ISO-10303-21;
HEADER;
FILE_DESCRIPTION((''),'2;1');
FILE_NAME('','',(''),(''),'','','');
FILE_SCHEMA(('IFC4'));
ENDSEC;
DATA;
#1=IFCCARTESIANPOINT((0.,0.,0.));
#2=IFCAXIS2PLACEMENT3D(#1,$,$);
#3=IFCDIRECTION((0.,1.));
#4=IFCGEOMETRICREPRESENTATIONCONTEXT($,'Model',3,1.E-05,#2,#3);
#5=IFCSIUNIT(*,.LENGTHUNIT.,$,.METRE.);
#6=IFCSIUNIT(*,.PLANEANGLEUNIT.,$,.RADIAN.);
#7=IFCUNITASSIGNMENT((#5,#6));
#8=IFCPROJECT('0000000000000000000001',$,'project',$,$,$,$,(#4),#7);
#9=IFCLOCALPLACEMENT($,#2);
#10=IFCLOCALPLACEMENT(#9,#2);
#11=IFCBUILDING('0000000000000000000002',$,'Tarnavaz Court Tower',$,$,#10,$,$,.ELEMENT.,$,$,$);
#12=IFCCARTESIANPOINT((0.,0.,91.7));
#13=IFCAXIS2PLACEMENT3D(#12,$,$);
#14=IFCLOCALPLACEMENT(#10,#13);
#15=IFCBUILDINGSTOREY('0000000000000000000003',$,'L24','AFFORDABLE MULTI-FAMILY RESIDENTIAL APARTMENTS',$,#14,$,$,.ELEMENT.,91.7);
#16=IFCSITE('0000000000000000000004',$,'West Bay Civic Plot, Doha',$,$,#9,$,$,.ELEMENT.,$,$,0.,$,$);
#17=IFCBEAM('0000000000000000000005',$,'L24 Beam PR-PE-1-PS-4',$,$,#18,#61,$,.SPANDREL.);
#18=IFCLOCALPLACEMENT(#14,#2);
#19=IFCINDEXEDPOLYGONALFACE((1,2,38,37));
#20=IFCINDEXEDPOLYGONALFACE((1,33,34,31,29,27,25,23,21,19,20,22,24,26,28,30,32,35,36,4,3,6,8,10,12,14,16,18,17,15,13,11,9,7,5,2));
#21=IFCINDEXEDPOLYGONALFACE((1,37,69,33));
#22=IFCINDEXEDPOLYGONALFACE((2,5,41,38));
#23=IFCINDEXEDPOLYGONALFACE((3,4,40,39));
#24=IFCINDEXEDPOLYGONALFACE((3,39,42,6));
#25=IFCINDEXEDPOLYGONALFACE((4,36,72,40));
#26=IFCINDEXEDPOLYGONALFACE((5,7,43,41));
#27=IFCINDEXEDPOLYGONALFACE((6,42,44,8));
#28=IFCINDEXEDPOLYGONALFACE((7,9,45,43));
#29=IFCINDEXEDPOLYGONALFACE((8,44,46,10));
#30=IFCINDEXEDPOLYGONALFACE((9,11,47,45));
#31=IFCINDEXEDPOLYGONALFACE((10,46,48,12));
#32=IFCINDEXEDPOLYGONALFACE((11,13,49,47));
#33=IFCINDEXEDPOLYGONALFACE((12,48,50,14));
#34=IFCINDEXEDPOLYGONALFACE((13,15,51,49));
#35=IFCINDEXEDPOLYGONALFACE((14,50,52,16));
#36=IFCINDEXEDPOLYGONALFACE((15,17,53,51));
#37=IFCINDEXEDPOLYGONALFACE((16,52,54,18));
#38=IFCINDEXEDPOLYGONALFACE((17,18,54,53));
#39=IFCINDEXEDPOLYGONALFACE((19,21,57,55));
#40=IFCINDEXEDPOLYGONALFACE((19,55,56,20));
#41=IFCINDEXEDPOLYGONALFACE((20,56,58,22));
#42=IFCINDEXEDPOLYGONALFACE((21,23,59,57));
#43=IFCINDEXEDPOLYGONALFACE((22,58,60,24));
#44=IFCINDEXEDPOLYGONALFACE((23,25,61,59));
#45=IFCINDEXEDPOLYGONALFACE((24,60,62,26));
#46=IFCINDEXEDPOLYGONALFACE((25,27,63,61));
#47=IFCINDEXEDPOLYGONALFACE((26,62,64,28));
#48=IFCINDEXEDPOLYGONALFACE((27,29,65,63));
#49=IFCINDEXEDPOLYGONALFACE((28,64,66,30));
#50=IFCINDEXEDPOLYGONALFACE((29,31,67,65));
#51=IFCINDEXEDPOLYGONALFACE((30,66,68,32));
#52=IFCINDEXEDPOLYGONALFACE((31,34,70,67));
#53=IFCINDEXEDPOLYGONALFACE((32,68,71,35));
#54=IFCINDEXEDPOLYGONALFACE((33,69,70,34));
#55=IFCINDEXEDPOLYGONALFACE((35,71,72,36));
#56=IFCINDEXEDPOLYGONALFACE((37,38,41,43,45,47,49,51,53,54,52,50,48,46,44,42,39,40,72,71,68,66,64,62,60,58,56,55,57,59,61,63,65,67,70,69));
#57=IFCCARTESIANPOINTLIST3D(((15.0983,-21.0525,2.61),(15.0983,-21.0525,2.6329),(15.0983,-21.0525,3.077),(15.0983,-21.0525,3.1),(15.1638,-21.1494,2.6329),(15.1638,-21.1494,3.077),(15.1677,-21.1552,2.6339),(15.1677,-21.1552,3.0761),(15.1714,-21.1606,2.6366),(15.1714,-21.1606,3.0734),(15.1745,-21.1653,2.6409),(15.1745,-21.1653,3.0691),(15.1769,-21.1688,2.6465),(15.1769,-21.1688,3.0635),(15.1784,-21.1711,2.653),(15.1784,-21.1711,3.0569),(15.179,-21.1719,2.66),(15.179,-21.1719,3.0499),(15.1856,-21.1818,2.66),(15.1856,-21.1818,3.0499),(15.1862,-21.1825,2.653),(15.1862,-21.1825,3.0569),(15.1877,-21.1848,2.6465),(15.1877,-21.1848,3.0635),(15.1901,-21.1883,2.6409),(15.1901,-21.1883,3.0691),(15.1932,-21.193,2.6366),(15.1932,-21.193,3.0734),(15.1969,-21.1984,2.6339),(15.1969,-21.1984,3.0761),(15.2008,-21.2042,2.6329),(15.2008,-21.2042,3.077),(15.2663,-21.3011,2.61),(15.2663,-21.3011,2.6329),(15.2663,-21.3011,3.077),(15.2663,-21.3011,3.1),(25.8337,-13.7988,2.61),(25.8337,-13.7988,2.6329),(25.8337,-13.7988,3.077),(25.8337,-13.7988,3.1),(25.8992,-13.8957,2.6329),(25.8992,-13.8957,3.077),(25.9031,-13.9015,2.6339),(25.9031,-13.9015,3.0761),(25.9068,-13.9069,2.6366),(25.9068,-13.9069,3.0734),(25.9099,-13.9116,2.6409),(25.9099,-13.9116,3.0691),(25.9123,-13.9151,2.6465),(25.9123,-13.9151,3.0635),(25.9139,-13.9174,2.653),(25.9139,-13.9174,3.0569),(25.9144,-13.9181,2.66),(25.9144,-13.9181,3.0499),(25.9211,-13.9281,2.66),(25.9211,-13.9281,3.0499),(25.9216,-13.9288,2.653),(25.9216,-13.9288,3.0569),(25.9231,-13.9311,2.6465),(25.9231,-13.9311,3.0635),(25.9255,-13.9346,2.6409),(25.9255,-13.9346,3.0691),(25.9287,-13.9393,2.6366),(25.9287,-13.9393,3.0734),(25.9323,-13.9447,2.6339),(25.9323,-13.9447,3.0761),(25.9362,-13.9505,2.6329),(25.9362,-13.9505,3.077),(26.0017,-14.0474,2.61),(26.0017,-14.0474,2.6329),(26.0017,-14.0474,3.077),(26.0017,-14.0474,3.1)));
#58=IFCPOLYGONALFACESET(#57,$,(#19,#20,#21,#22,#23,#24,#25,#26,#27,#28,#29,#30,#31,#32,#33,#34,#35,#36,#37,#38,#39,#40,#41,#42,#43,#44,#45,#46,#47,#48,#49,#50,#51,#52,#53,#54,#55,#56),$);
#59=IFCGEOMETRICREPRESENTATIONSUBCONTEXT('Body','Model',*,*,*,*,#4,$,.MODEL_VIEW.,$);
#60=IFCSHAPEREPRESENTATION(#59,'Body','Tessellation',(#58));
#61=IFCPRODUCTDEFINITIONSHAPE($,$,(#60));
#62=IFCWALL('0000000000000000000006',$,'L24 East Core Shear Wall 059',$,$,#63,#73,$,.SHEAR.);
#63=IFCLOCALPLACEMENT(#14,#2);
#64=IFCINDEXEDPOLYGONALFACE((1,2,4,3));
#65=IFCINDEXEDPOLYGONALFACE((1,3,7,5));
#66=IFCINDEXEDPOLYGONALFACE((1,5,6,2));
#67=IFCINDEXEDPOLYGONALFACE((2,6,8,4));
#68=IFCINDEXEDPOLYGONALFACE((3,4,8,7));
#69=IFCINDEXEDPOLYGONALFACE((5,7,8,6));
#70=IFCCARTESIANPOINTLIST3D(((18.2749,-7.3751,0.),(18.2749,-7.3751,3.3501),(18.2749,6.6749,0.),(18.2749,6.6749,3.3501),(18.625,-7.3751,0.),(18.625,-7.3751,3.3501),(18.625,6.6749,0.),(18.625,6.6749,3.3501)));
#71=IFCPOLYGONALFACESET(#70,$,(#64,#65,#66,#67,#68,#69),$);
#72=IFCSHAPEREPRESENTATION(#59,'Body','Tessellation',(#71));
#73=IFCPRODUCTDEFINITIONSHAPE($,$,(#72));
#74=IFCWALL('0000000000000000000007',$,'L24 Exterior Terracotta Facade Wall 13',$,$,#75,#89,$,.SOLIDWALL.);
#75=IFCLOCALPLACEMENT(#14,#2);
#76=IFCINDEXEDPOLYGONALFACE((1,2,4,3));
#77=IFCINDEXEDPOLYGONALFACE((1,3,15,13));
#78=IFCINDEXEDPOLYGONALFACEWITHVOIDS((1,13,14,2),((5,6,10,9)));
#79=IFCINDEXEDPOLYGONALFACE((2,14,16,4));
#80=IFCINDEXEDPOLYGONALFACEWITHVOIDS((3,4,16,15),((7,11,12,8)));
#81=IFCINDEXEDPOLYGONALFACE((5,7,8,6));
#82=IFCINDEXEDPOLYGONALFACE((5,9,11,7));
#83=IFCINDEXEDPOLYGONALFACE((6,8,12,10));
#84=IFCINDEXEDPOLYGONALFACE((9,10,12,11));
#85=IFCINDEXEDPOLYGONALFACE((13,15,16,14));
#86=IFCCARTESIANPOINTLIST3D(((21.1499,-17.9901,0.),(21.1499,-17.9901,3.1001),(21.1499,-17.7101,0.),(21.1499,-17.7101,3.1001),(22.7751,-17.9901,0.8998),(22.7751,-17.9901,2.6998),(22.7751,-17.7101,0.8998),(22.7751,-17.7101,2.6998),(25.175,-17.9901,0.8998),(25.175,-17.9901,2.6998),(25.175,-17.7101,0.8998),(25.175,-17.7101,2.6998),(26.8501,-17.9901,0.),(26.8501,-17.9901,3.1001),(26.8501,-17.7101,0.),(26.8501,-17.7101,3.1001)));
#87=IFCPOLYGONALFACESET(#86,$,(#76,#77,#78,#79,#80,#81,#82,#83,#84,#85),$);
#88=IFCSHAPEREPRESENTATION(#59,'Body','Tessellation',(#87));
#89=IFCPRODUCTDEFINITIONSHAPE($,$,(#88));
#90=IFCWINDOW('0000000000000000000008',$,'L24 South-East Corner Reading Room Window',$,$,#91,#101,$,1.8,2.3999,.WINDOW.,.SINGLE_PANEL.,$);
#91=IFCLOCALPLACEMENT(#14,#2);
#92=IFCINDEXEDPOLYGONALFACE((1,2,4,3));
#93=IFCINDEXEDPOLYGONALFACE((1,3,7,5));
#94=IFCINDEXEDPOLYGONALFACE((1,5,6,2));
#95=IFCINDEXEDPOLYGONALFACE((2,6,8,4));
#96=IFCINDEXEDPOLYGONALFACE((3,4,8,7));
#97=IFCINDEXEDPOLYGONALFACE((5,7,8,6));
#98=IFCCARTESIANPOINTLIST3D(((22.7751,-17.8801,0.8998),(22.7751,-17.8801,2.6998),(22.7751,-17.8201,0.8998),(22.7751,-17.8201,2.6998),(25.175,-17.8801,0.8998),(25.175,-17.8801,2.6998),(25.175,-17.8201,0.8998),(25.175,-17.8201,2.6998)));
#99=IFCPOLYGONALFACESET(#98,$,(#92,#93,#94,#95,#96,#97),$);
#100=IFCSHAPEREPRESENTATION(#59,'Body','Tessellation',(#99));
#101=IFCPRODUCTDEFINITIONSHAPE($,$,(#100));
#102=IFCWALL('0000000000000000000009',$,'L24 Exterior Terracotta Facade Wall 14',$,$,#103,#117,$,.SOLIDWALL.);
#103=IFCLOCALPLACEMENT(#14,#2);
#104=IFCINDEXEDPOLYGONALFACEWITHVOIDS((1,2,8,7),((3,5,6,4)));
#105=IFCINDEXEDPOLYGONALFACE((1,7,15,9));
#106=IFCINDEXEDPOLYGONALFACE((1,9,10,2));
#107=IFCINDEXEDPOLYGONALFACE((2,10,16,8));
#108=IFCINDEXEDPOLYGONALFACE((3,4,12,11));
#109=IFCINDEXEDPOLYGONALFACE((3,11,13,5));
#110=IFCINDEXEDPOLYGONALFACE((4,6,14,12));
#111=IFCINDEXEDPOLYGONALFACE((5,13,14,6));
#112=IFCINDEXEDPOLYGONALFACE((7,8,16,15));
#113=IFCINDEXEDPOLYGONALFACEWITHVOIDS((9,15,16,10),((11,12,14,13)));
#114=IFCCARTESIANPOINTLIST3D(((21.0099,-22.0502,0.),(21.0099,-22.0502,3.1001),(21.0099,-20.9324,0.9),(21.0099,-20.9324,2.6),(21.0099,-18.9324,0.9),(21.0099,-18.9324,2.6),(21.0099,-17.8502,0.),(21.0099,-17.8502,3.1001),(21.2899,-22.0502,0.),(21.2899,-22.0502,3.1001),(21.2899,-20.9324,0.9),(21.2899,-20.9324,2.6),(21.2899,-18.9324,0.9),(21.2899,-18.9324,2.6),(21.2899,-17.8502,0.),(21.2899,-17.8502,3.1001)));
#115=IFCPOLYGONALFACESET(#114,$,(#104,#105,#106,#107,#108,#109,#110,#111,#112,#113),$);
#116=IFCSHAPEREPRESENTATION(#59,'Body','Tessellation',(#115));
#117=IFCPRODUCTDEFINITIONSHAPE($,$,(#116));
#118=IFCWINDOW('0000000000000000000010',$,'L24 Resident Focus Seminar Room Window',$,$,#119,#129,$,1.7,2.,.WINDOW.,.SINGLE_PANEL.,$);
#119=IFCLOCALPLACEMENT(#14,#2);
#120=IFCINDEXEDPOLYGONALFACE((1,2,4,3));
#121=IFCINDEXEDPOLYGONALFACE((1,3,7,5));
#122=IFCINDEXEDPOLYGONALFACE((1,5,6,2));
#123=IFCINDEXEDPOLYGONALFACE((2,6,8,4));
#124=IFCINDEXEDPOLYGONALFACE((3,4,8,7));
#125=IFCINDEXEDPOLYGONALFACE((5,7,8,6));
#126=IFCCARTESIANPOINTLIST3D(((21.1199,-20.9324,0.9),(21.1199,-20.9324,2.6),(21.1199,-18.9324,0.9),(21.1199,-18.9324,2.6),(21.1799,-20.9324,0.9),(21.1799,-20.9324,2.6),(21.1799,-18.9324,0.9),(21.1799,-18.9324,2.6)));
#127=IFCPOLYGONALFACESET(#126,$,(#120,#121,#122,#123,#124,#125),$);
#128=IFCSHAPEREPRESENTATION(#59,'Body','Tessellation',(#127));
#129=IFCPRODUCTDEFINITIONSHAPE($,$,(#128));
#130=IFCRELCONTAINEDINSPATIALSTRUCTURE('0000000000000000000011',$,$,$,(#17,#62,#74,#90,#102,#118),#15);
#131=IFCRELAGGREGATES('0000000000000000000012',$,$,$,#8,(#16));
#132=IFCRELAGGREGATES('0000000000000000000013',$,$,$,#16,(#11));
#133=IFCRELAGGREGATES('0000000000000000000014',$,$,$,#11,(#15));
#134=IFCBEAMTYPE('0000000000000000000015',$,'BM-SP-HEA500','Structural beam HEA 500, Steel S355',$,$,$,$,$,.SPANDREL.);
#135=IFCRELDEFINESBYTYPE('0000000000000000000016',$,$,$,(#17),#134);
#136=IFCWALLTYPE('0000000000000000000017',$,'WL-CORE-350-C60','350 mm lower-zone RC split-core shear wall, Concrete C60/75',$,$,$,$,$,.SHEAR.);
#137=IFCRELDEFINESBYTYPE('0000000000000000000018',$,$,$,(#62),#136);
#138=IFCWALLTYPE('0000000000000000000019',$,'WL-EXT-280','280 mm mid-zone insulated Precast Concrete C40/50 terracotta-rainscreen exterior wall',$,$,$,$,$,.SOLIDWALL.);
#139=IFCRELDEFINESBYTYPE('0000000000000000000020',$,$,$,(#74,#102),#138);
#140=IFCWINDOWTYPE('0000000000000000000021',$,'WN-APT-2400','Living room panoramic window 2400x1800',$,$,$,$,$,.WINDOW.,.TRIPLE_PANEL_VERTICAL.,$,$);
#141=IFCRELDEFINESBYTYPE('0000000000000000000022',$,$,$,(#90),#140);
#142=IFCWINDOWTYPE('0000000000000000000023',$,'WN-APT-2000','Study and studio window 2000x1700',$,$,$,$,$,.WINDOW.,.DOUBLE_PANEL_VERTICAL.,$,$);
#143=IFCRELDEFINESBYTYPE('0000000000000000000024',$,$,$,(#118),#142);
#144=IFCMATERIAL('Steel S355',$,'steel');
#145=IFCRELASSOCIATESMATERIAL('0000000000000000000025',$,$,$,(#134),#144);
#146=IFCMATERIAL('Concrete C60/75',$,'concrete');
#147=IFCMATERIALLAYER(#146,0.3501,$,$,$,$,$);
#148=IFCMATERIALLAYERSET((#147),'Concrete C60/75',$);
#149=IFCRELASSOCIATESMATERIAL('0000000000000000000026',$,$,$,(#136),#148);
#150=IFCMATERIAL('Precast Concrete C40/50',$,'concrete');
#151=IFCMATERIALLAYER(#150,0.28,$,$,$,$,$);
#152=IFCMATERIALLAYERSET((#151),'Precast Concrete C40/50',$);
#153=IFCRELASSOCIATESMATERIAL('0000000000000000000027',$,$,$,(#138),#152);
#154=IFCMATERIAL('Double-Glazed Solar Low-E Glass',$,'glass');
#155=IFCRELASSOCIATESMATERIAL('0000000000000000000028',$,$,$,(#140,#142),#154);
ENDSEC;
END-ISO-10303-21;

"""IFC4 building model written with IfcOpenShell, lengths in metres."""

from ifc_helpers import new_model, si_unit, direction, frame, frame_2d, origin, origin_2d, place, context, subcontext, project, spatial, rectangle, i_section, extrude, material, layer, layer_set, material_profile, profile_set, type_object, element, fill, save


model = new_model("IFC4")

# Units and contexts
model_context = context("Model", 3, precision=1e-05, world=origin(), true_north=direction((0.0, 1.0)))
body_context = subcontext(model_context, "Body", "Model", "MODEL_VIEW")
ifc_project = project(units=[si_unit("LENGTHUNIT", "METRE"), si_unit("PLANEANGLEUNIT", "RADIAN")], contexts=[model_context])

# Site, building, storey
site_placement = place(None, origin())
site = spatial("IfcSite", under=ifc_project, at=site_placement, Name="West Bay Civic Plot, Doha", CompositionType="ELEMENT", RefElevation=0.0)
building_placement = place(site_placement, origin())
building = spatial("IfcBuilding", under=site, at=building_placement, Name="Tarnavaz Court Tower", CompositionType="ELEMENT")
storey_placement = place(building_placement, frame((0.0, 0.0, 91.7)))
storey = spatial("IfcBuildingStorey", under=building, at=storey_placement, Name="L24", Description="AFFORDABLE MULTI-FAMILY RESIDENTIAL APARTMENTS", CompositionType="ELEMENT", Elevation=91.7)

# Shared definitions
ifc_material_1 = material(Name="Concrete C60/75", Category="concrete")

# Beam
ifc_material_2 = material(Name="Steel S355", Category="steel")
ifc_material_profile_1 = material_profile(ifc_material_2, i_section(OverallWidth=0.3, OverallDepth=0.49, WebThickness=0.012, FlangeThickness=0.0229, FilletRadius=0.0271, at=origin_2d()), Name="HEA 500")
ifc_profile_set_1 = profile_set([ifc_material_profile_1], Name="Steel S355")
beam_type_1 = type_object("IfcBeamType", Name="BM-SP-HEA500", Description="Structural beam HEA 500, Steel S355", PredefinedType="SPANDREL", material=ifc_profile_set_1)
beam_1_placement = place(storey_placement, frame((25.9177, -13.9231, 2.855), z_axis=(-0.828587, -0.55986, 0.0), x_axis=(0.55986, -0.828587, 0.0)))
element("IfcBeam", 1, at=beam_1_placement, inside=storey, type_object=beam_type_1, Name="L24 Beam PR-PE-1-PS-4", PredefinedType="SPANDREL", context=body_context, shape_type="SweptSolid", body=[
    extrude(i_section(OverallWidth=0.3, OverallDepth=0.49, WebThickness=0.012, FlangeThickness=0.0229, FilletRadius=0.0271, at=origin_2d()), origin(), (0.0, 0.0, 1.0), 12.9563),
])

# Wall
ifc_layer_1 = layer(ifc_material_1, 0.3501)
ifc_layer_set_1 = layer_set([ifc_layer_1], Name="Concrete C60/75")
wall_type_1 = type_object("IfcWallType", Name="WL-CORE-350-C60", Description="350 mm lower-zone RC split-core shear wall, Concrete C60/75", PredefinedType="SHEAR", material=ifc_layer_set_1)
wall_1_placement = place(storey_placement, frame((18.45, -7.375, 0.0), z_axis=(0.0, 0.0, 1.0), x_axis=(0.0, 1.0, 0.0)))
element("IfcWall", 2, at=wall_1_placement, inside=storey, type_object=wall_type_1, Name="L24 East Core Shear Wall 059", PredefinedType="SHEAR", context=body_context, shape_type="SweptSolid", body=[
    extrude(rectangle(XDim=14.05, YDim=0.3501, at=frame_2d((7.0249, 0.0))), origin(), (0.0, 0.0, 1.0), 3.3501),
])

# Walls, openings, windows
ifc_material_3 = material(Name="Precast Concrete C40/50", Category="concrete")
ifc_layer_2 = layer(ifc_material_3, 0.28)
ifc_layer_set_2 = layer_set([ifc_layer_2], Name="Precast Concrete C40/50")
wall_type_2 = type_object("IfcWallType", Name="WL-EXT-280", Description="280 mm mid-zone insulated Precast Concrete C40/50 terracotta-rainscreen exterior wall", PredefinedType="SOLIDWALL", material=ifc_layer_set_2)
wall_2_placement = place(storey_placement, frame((26.8501, -17.8501, 0.0), z_axis=(0.0, 0.0, 1.0), x_axis=(-1.0, 0.0, 0.0)))
wall_2 = element("IfcWall", 3, at=wall_2_placement, inside=storey, type_object=wall_type_2, Name="L24 Exterior Terracotta Facade Wall 13", PredefinedType="SOLIDWALL", context=body_context, shape_type="SweptSolid", body=[
    extrude(rectangle(XDim=5.7002, YDim=0.28, at=frame_2d((2.8501, 0.0))), origin(), (0.0, 0.0, 1.0), 3.1001),
])
opening_1_placement = place(wall_2_placement, frame((1.675, 0.0, 0.8999)))
opening_1 = element("IfcOpeningElement", 4, at=opening_1_placement, cuts=wall_2, PredefinedType="OPENING", context=body_context, shape_type="SweptSolid", body=[
    extrude(rectangle(XDim=2.3999, YDim=1.8, at=frame_2d((1.2, 0.8999))), frame((0.0, 0.1499, 0.0), z_axis=(0.0, -1.0, 0.0), x_axis=(1.0, 0.0, 0.0)), (0.0, 0.0, 1.0), 0.3),
])
ifc_material_4 = material(Name="Double-Glazed Solar Low-E Glass", Category="glass")
window_type_1 = type_object("IfcWindowType", Name="WN-APT-2400", Description="Living room panoramic window 2400x1800", PartitioningType="TRIPLE_PANEL_VERTICAL", PredefinedType="WINDOW", material=ifc_material_4)
window_1_placement = place(opening_1_placement, origin())
window_1 = element("IfcWindow", 5, at=window_1_placement, inside=storey, type_object=window_type_1, Name="L24 South-East Corner Reading Room Window", OverallHeight=1.8, OverallWidth=2.3999, PartitioningType="SINGLE_PANEL", PredefinedType="WINDOW", context=body_context, shape_type="SweptSolid", body=[
    extrude(rectangle(XDim=2.3999, YDim=1.8, at=frame_2d((1.2, 0.8999))), frame((0.0, 0.03, 0.0), z_axis=(0.0, -1.0, 0.0), x_axis=(1.0, 0.0, 0.0)), (0.0, 0.0, 1.0), 0.0601),
])
fill(opening_1, window_1)
wall_3_placement = place(storey_placement, frame((21.1499, -17.8501, 0.0), z_axis=(0.0, 0.0, 1.0), x_axis=(0.0, -1.0, 0.0)))
wall_3 = element("IfcWall", 6, at=wall_3_placement, inside=storey, type_object=wall_type_2, Name="L24 Exterior Terracotta Facade Wall 14", PredefinedType="SOLIDWALL", context=body_context, shape_type="SweptSolid", body=[
    extrude(rectangle(XDim=4.2, YDim=0.28, at=frame_2d((2.1001, 0.0))), origin(), (0.0, 0.0, 1.0), 3.1001),
])
opening_2_placement = place(wall_3_placement, frame((1.0823, 0.0, 0.8999)))
opening_2 = element("IfcOpeningElement", 7, at=opening_2_placement, cuts=wall_3, PredefinedType="OPENING", context=body_context, shape_type="SweptSolid", body=[
    extrude(rectangle(XDim=2.0, YDim=1.7, at=frame_2d((1.0, 0.8501))), frame((0.0, 0.1499, 0.0), z_axis=(0.0, -1.0, 0.0), x_axis=(1.0, 0.0, 0.0)), (0.0, 0.0, 1.0), 0.3),
])
window_type_2 = type_object("IfcWindowType", Name="WN-APT-2000", Description="Study and studio window 2000x1700", PartitioningType="DOUBLE_PANEL_VERTICAL", PredefinedType="WINDOW", material=ifc_material_4)
window_2_placement = place(opening_2_placement, origin())
window_2 = element("IfcWindow", 8, at=window_2_placement, inside=storey, type_object=window_type_2, Name="L24 Resident Focus Seminar Room Window", OverallHeight=1.7, OverallWidth=2.0, PartitioningType="SINGLE_PANEL", PredefinedType="WINDOW", context=body_context, shape_type="SweptSolid", body=[
    extrude(rectangle(XDim=2.0, YDim=1.7, at=frame_2d((1.0, 0.8501))), frame((0.0, 0.03, 0.0), z_axis=(0.0, -1.0, 0.0), x_axis=(1.0, 0.0, 0.0)), (0.0, 0.0, 1.0), 0.0601),
])
fill(opening_2, window_2)

save(model, "model.ifc")
